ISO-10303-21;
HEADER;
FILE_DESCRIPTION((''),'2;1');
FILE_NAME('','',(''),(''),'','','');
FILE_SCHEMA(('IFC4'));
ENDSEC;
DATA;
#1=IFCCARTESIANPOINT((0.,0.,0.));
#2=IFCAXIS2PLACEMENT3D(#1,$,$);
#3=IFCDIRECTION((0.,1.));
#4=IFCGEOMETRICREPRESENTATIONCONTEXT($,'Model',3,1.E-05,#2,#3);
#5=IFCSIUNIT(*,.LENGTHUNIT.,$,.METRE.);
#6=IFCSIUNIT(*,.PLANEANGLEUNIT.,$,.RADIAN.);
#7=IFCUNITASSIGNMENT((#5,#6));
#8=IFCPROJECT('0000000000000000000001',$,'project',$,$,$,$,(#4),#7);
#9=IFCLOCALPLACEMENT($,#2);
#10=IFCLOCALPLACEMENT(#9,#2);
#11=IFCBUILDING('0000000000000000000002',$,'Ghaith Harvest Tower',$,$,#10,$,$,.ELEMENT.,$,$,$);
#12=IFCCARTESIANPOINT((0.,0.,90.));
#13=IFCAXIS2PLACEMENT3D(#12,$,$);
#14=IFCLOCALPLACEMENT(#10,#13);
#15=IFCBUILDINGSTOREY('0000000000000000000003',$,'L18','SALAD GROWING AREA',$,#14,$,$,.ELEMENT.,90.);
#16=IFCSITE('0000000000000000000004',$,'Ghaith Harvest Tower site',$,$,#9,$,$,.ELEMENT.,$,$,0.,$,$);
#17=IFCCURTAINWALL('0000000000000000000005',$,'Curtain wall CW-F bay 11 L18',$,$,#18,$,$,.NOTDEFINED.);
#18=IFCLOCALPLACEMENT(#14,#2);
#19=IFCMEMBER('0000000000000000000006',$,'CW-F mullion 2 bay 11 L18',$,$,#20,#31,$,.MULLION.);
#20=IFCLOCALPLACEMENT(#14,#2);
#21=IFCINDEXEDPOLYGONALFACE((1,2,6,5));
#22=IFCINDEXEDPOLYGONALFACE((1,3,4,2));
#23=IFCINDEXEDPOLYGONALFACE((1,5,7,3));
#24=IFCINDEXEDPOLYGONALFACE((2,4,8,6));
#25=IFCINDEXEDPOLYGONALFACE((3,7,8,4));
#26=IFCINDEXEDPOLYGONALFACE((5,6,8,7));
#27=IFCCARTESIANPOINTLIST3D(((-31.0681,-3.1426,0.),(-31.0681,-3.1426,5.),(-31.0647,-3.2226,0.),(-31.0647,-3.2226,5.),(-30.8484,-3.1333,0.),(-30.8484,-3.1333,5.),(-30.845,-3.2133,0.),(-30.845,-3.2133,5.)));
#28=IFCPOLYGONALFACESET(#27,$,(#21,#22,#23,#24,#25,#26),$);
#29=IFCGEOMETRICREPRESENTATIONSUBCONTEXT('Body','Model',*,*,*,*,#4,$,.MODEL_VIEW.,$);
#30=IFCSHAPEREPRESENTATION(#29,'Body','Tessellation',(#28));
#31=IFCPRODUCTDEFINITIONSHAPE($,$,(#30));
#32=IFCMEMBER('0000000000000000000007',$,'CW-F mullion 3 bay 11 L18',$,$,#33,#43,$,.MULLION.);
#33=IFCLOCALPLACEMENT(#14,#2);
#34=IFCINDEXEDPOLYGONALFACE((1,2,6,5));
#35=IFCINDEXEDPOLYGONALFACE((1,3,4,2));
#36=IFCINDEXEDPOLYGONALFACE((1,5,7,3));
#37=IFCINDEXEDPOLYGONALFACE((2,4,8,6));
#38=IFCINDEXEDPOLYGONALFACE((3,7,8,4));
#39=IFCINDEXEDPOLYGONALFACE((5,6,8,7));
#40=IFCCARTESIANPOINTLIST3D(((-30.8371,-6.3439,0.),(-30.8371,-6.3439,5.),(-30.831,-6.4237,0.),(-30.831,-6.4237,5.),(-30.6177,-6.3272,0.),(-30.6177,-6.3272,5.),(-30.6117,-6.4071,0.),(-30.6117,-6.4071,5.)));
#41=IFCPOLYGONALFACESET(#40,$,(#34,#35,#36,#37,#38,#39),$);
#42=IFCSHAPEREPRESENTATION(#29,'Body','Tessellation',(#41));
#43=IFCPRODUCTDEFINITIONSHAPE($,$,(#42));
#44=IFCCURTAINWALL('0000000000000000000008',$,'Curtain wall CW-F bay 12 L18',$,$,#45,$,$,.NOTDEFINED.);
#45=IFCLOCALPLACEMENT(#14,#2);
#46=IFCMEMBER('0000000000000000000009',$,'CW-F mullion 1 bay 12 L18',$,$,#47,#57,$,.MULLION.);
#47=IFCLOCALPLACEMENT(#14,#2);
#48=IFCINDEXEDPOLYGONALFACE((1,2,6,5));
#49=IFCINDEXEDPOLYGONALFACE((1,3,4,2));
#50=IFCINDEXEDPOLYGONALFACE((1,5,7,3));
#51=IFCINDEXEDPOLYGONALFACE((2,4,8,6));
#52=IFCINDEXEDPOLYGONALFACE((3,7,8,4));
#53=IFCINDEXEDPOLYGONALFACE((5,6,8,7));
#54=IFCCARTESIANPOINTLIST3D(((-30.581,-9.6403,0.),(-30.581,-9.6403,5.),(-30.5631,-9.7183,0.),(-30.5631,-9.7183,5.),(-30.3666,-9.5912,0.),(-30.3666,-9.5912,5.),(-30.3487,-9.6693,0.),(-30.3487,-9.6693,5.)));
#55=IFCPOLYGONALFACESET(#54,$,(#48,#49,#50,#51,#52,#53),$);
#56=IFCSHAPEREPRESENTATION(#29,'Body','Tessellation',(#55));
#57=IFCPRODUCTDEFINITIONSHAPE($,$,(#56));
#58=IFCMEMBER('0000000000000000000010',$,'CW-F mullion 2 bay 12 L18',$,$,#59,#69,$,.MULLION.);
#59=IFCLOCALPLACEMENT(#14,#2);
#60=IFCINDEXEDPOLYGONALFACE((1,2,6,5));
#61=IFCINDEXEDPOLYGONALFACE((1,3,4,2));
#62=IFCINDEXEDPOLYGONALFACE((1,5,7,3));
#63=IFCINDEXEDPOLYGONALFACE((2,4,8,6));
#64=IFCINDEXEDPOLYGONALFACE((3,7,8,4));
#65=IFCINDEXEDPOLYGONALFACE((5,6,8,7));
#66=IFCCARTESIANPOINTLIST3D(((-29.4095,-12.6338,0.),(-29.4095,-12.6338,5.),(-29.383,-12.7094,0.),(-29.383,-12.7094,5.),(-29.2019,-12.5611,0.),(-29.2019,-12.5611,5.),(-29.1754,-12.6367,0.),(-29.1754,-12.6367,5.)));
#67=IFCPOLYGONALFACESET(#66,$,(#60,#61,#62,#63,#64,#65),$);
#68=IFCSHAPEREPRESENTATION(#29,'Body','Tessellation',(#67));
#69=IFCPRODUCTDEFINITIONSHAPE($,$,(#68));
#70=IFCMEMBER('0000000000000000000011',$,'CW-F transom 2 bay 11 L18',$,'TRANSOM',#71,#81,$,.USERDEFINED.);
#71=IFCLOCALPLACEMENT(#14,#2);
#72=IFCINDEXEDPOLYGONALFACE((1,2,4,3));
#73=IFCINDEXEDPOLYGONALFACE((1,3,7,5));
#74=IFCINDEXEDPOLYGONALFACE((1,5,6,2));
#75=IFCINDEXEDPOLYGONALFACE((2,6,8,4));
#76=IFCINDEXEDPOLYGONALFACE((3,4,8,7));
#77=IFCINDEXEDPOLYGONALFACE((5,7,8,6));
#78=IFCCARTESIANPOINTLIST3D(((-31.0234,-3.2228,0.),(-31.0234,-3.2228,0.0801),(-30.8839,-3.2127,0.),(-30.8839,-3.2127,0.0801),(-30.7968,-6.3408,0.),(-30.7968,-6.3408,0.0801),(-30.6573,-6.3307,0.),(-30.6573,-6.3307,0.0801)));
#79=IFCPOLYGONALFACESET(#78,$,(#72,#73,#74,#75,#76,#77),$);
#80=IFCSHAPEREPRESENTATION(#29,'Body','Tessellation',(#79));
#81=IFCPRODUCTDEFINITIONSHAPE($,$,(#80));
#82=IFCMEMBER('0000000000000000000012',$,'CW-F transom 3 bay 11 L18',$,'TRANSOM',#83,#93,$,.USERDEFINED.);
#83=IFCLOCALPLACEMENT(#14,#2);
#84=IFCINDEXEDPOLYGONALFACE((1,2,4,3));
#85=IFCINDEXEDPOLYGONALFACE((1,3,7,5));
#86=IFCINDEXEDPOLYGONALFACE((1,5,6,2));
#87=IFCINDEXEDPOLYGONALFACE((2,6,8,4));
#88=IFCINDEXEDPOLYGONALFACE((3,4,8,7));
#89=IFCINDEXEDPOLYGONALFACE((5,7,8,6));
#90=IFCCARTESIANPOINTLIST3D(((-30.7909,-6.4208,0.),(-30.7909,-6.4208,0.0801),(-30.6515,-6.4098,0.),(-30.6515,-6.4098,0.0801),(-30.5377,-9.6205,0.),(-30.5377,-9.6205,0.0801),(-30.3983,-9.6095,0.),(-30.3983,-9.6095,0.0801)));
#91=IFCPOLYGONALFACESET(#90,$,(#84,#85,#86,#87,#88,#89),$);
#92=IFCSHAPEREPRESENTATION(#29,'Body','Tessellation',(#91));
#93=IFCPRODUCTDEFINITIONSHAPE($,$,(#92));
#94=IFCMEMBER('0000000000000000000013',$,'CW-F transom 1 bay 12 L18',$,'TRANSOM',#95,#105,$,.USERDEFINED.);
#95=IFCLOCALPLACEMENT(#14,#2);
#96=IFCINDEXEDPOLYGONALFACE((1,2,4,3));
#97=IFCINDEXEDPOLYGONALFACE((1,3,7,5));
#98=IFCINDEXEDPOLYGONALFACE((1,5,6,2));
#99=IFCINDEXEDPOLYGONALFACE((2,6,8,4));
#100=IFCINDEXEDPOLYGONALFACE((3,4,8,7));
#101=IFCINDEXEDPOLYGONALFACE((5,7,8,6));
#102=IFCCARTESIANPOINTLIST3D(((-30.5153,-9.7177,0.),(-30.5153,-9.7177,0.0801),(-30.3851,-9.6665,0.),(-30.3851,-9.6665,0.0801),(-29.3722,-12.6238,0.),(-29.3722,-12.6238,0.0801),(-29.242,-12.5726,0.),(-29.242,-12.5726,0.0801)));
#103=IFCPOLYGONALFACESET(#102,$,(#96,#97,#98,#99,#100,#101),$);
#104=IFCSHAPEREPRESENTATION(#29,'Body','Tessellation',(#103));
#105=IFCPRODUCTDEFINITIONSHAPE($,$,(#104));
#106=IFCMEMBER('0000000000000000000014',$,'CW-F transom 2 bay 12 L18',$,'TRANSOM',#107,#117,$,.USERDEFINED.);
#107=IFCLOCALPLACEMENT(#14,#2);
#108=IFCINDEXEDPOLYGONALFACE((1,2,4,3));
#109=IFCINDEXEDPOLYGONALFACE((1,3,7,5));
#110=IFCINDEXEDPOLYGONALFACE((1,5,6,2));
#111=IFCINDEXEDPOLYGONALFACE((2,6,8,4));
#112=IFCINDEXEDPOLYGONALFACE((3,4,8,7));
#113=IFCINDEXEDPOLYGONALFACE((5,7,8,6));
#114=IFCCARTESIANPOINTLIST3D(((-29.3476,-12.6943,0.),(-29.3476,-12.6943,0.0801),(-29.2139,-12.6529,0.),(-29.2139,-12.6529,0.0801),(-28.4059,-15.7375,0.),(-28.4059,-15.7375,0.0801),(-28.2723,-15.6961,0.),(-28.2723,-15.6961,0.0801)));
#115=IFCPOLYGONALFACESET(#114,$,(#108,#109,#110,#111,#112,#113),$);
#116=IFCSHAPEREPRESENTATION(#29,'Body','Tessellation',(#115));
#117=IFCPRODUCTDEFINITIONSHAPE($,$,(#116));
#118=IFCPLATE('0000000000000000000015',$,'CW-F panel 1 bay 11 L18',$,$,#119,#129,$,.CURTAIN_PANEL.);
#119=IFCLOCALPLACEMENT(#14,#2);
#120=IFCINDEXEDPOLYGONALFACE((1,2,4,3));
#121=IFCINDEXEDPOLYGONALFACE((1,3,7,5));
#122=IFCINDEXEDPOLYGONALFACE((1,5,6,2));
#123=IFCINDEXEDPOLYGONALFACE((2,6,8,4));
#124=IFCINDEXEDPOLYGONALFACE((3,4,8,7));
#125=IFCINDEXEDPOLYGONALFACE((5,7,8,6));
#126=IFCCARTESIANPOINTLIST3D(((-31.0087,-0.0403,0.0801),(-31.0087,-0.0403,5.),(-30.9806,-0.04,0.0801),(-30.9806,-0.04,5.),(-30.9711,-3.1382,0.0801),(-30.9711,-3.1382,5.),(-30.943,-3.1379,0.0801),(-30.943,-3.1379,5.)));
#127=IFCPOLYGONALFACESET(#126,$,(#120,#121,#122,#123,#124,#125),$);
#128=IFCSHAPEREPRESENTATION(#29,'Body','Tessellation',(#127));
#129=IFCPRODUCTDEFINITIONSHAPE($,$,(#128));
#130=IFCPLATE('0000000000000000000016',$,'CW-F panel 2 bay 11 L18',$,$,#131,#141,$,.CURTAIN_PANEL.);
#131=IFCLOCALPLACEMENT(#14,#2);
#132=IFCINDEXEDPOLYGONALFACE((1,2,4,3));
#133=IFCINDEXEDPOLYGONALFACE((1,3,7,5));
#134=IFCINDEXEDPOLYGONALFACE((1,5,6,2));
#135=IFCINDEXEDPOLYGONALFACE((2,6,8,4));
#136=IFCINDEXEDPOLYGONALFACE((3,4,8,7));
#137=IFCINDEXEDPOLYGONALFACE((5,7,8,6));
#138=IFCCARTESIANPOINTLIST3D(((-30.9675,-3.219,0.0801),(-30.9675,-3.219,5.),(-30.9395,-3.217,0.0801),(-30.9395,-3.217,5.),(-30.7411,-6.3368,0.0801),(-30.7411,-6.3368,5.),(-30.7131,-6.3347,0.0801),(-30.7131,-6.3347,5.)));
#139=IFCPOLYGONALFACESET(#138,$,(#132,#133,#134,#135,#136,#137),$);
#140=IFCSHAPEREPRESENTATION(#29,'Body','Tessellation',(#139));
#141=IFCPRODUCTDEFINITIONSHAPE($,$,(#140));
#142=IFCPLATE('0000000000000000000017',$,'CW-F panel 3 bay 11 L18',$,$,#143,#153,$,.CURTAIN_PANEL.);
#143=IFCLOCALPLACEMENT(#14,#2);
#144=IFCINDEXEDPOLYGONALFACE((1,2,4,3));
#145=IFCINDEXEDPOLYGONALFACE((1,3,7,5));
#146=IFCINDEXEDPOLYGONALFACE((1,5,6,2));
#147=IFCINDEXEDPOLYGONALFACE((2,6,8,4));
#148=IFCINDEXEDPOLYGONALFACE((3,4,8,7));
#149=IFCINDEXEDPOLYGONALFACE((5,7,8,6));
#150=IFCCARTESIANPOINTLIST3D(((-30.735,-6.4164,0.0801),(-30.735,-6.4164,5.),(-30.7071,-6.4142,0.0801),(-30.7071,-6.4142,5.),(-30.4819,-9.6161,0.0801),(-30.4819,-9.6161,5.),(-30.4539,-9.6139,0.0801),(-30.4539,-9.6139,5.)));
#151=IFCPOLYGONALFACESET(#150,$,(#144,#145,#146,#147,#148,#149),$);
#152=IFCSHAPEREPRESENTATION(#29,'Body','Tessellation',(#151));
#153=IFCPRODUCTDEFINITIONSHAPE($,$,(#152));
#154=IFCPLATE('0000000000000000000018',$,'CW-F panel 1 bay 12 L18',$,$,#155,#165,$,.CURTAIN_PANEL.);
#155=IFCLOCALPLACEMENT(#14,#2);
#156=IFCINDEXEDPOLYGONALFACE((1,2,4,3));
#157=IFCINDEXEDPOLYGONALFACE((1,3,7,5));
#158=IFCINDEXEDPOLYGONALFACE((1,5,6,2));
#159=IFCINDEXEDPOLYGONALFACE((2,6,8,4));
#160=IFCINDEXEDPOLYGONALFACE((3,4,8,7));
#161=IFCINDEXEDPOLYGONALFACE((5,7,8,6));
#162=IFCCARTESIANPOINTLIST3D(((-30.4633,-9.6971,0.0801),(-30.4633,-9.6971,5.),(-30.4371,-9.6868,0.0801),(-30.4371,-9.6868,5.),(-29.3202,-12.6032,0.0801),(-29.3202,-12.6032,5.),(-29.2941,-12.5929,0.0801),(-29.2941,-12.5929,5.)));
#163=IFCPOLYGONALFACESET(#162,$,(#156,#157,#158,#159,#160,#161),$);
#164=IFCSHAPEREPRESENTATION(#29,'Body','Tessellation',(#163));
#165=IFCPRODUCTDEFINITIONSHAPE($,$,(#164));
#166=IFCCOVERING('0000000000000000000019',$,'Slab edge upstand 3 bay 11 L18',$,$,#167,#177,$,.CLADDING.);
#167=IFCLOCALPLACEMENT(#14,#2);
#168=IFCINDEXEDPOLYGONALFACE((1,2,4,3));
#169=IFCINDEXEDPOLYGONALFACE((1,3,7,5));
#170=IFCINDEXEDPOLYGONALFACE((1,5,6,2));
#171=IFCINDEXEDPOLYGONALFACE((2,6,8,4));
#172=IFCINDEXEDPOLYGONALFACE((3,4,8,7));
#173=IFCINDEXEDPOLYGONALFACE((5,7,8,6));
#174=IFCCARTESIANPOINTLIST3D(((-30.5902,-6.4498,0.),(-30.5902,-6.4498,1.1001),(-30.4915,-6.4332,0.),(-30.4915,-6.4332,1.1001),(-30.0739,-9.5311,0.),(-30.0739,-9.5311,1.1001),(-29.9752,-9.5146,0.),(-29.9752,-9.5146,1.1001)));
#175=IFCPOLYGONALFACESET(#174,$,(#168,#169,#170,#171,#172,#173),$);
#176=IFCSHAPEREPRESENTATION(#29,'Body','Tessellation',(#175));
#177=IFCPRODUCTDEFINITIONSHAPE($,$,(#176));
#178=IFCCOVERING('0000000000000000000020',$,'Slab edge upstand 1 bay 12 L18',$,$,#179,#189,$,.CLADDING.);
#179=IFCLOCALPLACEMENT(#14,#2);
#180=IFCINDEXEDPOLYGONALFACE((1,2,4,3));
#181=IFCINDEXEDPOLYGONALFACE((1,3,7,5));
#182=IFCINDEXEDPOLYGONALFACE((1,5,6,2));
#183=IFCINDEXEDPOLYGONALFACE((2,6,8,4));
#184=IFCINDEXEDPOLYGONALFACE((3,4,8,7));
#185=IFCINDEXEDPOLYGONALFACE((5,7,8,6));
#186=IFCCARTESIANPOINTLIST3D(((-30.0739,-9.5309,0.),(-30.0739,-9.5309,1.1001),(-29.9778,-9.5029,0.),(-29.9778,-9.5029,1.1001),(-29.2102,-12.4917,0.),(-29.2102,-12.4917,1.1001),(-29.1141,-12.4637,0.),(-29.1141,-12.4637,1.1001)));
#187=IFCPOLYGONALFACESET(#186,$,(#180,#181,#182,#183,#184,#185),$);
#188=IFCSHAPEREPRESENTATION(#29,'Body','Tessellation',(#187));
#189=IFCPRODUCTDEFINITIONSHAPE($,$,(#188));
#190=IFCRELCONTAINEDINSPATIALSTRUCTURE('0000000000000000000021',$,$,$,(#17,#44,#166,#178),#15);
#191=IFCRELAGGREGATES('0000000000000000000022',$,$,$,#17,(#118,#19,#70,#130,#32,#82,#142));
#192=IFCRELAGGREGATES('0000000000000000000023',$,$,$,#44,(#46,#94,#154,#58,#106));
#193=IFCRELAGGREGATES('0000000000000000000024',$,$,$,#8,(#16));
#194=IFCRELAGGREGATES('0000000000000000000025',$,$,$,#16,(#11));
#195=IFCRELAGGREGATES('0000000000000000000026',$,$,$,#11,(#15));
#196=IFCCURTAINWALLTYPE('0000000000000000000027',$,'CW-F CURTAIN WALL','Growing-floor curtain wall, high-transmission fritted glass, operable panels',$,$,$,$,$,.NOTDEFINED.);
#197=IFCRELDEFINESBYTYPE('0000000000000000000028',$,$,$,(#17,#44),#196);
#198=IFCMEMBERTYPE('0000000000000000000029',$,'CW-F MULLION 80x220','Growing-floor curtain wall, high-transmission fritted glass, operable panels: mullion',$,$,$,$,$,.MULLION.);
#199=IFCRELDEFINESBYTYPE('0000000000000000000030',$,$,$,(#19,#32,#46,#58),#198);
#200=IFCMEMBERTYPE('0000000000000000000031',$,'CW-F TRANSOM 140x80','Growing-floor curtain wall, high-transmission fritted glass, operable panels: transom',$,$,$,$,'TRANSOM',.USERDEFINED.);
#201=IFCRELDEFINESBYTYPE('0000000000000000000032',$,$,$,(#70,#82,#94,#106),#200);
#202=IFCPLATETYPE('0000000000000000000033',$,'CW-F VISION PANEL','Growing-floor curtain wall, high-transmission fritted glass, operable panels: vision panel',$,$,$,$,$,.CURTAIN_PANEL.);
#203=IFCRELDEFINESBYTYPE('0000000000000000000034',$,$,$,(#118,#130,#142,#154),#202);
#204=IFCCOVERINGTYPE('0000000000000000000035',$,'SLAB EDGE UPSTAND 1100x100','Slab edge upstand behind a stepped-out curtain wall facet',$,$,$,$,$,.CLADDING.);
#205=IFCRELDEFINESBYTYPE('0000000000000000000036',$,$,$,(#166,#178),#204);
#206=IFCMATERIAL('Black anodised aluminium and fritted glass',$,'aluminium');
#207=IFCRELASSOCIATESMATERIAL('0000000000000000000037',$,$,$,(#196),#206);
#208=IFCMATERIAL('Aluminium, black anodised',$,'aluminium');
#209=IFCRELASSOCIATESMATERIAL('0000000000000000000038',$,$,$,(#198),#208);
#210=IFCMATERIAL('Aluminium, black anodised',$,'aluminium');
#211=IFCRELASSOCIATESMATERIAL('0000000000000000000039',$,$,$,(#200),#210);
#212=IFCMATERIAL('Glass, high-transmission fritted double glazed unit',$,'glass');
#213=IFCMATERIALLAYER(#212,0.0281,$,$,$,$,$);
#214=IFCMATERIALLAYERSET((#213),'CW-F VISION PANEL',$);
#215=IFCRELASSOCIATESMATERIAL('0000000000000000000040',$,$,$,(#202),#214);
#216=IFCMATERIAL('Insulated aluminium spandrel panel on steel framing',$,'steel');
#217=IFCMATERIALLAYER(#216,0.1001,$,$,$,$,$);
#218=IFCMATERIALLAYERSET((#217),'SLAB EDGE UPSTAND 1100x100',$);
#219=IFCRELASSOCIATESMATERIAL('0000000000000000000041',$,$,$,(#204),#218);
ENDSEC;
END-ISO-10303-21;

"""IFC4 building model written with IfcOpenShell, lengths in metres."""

from ifc_helpers import new_model, si_unit, direction, frame, origin, origin_2d, place, context, subcontext, project, spatial, rectangle, extrude, material, layer, layer_set, material_profile, profile_set, type_object, element, aggregate, save


model = new_model("IFC4")

# Units and contexts
model_context = context("Model", 3, precision=1e-05, world=origin(), true_north=direction((0.0, 1.0)))
body_context = subcontext(model_context, "Body", "Model", "MODEL_VIEW")
ifc_project = project(units=[si_unit("LENGTHUNIT", "METRE"), si_unit("PLANEANGLEUNIT", "RADIAN")], contexts=[model_context])

# Site, building, storey
site_placement = place(None, origin())
site = spatial("IfcSite", under=ifc_project, at=site_placement, Name="Ghaith Harvest Tower site", CompositionType="ELEMENT", RefElevation=0.0)
building_placement = place(site_placement, origin())
building = spatial("IfcBuilding", under=site, at=building_placement, Name="Ghaith Harvest Tower", CompositionType="ELEMENT")
storey_placement = place(building_placement, frame((0.0, 0.0, 90.0)))
storey = spatial("IfcBuildingStorey", under=building, at=storey_placement, Name="L18", Description="SALAD GROWING AREA", CompositionType="ELEMENT", Elevation=90.0)

# Curtain walls, members
ifc_material_1 = material(Name="Black anodised aluminium and fritted glass", Category="aluminium")
curtain_wall_type = type_object("IfcCurtainWallType", Name="CW-F CURTAIN WALL", Description="Growing-floor curtain wall, high-transmission fritted glass, operable panels", PredefinedType="NOTDEFINED", material=ifc_material_1)
curtain_wall_1_placement = place(storey_placement, origin())
curtain_wall_1 = element("IfcCurtainWall", 1, at=curtain_wall_1_placement, inside=storey, type_object=curtain_wall_type, Name="Curtain wall CW-F bay 11 L18", PredefinedType="NOTDEFINED")
ifc_material_2 = material(Name="Aluminium, black anodised", Category="aluminium")
ifc_material_profile_1 = material_profile(ifc_material_2, rectangle(XDim=0.0801, YDim=0.22, at=origin_2d()), Name="CW-F MULLION 80x220")
ifc_profile_set_1 = profile_set([ifc_material_profile_1], Name="Aluminium, black anodised")
member_type_1 = type_object("IfcMemberType", Name="CW-F MULLION 80x220", Description="Growing-floor curtain wall, high-transmission fritted glass, operable panels: mullion", PredefinedType="MULLION", material=ifc_profile_set_1)
member_1_placement = place(storey_placement, frame((-30.9565, -3.178, 0.0), z_axis=(0.0, 0.0, 1.0), x_axis=(0.042427, -0.9991, 0.0)))
member_1 = element("IfcMember", 2, at=member_1_placement, type_object=member_type_1, Name="CW-F mullion 2 bay 11 L18", PredefinedType="MULLION", context=body_context, shape_type="SweptSolid", body=[
    extrude(rectangle(XDim=0.0801, YDim=0.22, at=origin_2d()), origin(), (0.0, 0.0, 1.0), 5.0),
])
member_2_placement = place(storey_placement, frame((-30.7244, -6.3755, 0.0), z_axis=(0.0, 0.0, 1.0), x_axis=(0.075686, -0.997132, 0.0)))
member_2 = element("IfcMember", 3, at=member_2_placement, type_object=member_type_1, Name="CW-F mullion 3 bay 11 L18", PredefinedType="MULLION", context=body_context, shape_type="SweptSolid", body=[
    extrude(rectangle(XDim=0.0801, YDim=0.22, at=origin_2d()), origin(), (0.0, 0.0, 1.0), 5.0),
])
curtain_wall_2_placement = place(storey_placement, origin())
curtain_wall_2 = element("IfcCurtainWall", 4, at=curtain_wall_2_placement, inside=storey, type_object=curtain_wall_type, Name="Curtain wall CW-F bay 12 L18", PredefinedType="NOTDEFINED")
member_3_placement = place(storey_placement, frame((-30.4648, -9.6548, 0.0), z_axis=(0.0, 0.0, 1.0), x_axis=(0.222967, -0.974826, 0.0)))
member_3 = element("IfcMember", 5, at=member_3_placement, type_object=member_type_1, Name="CW-F mullion 1 bay 12 L18", PredefinedType="MULLION", context=body_context, shape_type="SweptSolid", body=[
    extrude(rectangle(XDim=0.0801, YDim=0.22, at=origin_2d()), origin(), (0.0, 0.0, 1.0), 5.0),
])
member_4_placement = place(storey_placement, frame((-29.2925, -12.6353, 0.0), z_axis=(0.0, 0.0, 1.0), x_axis=(0.330701, -0.943736, 0.0)))
member_4 = element("IfcMember", 6, at=member_4_placement, type_object=member_type_1, Name="CW-F mullion 2 bay 12 L18", PredefinedType="MULLION", context=body_context, shape_type="SweptSolid", body=[
    extrude(rectangle(XDim=0.0801, YDim=0.22, at=origin_2d()), origin(), (0.0, 0.0, 1.0), 5.0),
])

# Members
ifc_material_3 = material(Name="Aluminium, black anodised", Category="aluminium")
ifc_material_profile_2 = material_profile(ifc_material_3, rectangle(XDim=0.1399, YDim=0.0801, at=origin_2d()), Name="CW-F TRANSOM 140x80")
ifc_profile_set_2 = profile_set([ifc_material_profile_2], Name="Aluminium, black anodised")
member_type_2 = type_object("IfcMemberType", Name="CW-F TRANSOM 140x80", Description="Growing-floor curtain wall, high-transmission fritted glass, operable panels: transom", ElementType="TRANSOM", PredefinedType="USERDEFINED", material=ifc_profile_set_2)
member_5_placement = place(storey_placement, frame((-30.9536, -3.2178, 0.04), z_axis=(0.072474, -0.99737, 0.0), x_axis=(0.99737, 0.072474, 0.0)))
member_5 = element("IfcMember", 7, at=member_5_placement, type_object=member_type_2, Name="CW-F transom 2 bay 11 L18", ObjectType="TRANSOM", PredefinedType="USERDEFINED", context=body_context, shape_type="SweptSolid", body=[
    extrude(rectangle(XDim=0.1399, YDim=0.0801, at=origin_2d()), origin(), (0.0, 0.0, 1.0), 3.1262),
])
member_6_placement = place(storey_placement, frame((-30.7212, -6.4153, 0.04), z_axis=(0.078878, -0.996884, 0.0), x_axis=(0.996884, 0.078878, 0.0)))
member_6 = element("IfcMember", 8, at=member_6_placement, type_object=member_type_2, Name="CW-F transom 3 bay 11 L18", ObjectType="TRANSOM", PredefinedType="USERDEFINED", context=body_context, shape_type="SweptSolid", body=[
    extrude(rectangle(XDim=0.1399, YDim=0.0801, at=origin_2d()), origin(), (0.0, 0.0, 1.0), 3.2097),
])
member_7_placement = place(storey_placement, frame((-30.4502, -9.6921, 0.04), z_axis=(0.366047, -0.930597, 0.0), x_axis=(0.930597, 0.366047, 0.0)))
member_7 = element("IfcMember", 9, at=member_7_placement, type_object=member_type_2, Name="CW-F transom 1 bay 12 L18", ObjectType="TRANSOM", PredefinedType="USERDEFINED", context=body_context, shape_type="SweptSolid", body=[
    extrude(rectangle(XDim=0.1399, YDim=0.0801, at=origin_2d()), origin(), (0.0, 0.0, 1.0), 3.1228),
])
member_8_placement = place(storey_placement, frame((-29.2808, -12.6736, 0.04), z_axis=(0.295599, -0.955312, 0.0), x_axis=(0.955312, 0.295599, 0.0)))
member_8 = element("IfcMember", 10, at=member_8_placement, type_object=member_type_2, Name="CW-F transom 2 bay 12 L18", ObjectType="TRANSOM", PredefinedType="USERDEFINED", context=body_context, shape_type="SweptSolid", body=[
    extrude(rectangle(XDim=0.1399, YDim=0.0801, at=origin_2d()), origin(), (0.0, 0.0, 1.0), 3.1855),
])

# Plates
ifc_material_4 = material(Name="Glass, high-transmission fritted double glazed unit", Category="glass")
ifc_layer_1 = layer(ifc_material_4, 0.0281)
ifc_layer_set_1 = layer_set([ifc_layer_1], Name="CW-F VISION PANEL")
plate_type = type_object("IfcPlateType", Name="CW-F VISION PANEL", Description="Growing-floor curtain wall, high-transmission fritted glass, operable panels: vision panel", PredefinedType="CURTAIN_PANEL", material=ifc_layer_set_1)
plate_1_placement = place(storey_placement, frame((-30.9758, -1.5891, 0.0801), z_axis=(0.0, 0.0, 1.0), x_axis=(0.012133, -0.999926, 0.0)))
plate_1 = element("IfcPlate", 11, at=plate_1_placement, type_object=plate_type, Name="CW-F panel 1 bay 11 L18", PredefinedType="CURTAIN_PANEL", context=body_context, shape_type="SweptSolid", body=[
    extrude(rectangle(XDim=3.0981, YDim=0.0281, at=origin_2d()), origin(), (0.0, 0.0, 1.0), 4.9199),
])
plate_2_placement = place(storey_placement, frame((-30.8403, -4.7769, 0.0801), z_axis=(0.0, 0.0, 1.0), x_axis=(0.072421, -0.997374, 0.0)))
plate_2 = element("IfcPlate", 12, at=plate_2_placement, type_object=plate_type, Name="CW-F panel 2 bay 11 L18", PredefinedType="CURTAIN_PANEL", context=body_context, shape_type="SweptSolid", body=[
    extrude(rectangle(XDim=3.126, YDim=0.0281, at=origin_2d()), origin(), (0.0, 0.0, 1.0), 4.9199),
])
plate_3_placement = place(storey_placement, frame((-30.5945, -8.0151, 0.0801), z_axis=(0.0, 0.0, 1.0), x_axis=(0.078867, -0.996885, 0.0)))
plate_3 = element("IfcPlate", 13, at=plate_3_placement, type_object=plate_type, Name="CW-F panel 3 bay 11 L18", PredefinedType="CURTAIN_PANEL", context=body_context, shape_type="SweptSolid", body=[
    extrude(rectangle(XDim=3.2097, YDim=0.0281, at=origin_2d()), origin(), (0.0, 0.0, 1.0), 4.9199),
])
aggregate(curtain_wall_1, [plate_1, member_1, member_5, plate_2, member_2, member_6, plate_3])
plate_4_placement = place(storey_placement, frame((-29.8787, -11.145, 0.0801), z_axis=(0.0, 0.0, 1.0), x_axis=(0.36604, -0.930599, 0.0)))
plate_4 = element("IfcPlate", 14, at=plate_4_placement, type_object=plate_type, Name="CW-F panel 1 bay 12 L18", PredefinedType="CURTAIN_PANEL", context=body_context, shape_type="SweptSolid", body=[
    extrude(rectangle(XDim=3.1228, YDim=0.0281, at=origin_2d()), origin(), (0.0, 0.0, 1.0), 4.9199),
])
aggregate(curtain_wall_2, [member_3, member_7, plate_4, member_4, member_8])

# Coverings
ifc_material_5 = material(Name="Insulated aluminium spandrel panel on steel framing", Category="steel")
ifc_layer_2 = layer(ifc_material_5, 0.1001)
ifc_layer_set_2 = layer_set([ifc_layer_2], Name="SLAB EDGE UPSTAND 1100x100")
covering_type = type_object("IfcCoveringType", Name="SLAB EDGE UPSTAND 1100x100", Description="Slab edge upstand behind a stepped-out curtain wall facet", PredefinedType="CLADDING", material=ifc_layer_set_2)
covering_1_placement = place(storey_placement, frame((-30.2827, -7.9822, 0.0), z_axis=(0.0, 0.0, 1.0), x_axis=(0.165246, -0.986252, 0.0)))
element("IfcCovering", 15, at=covering_1_placement, inside=storey, type_object=covering_type, Name="Slab edge upstand 3 bay 11 L18", PredefinedType="CLADDING", context=body_context, shape_type="SweptSolid", body=[
    extrude(rectangle(XDim=3.1243, YDim=0.1001, at=origin_2d()), origin(), (0.0, 0.0, 1.0), 1.1001),
])
covering_2_placement = place(storey_placement, frame((-29.594, -10.9973, 0.0), z_axis=(0.0, 0.0, 1.0), x_axis=(0.280032, -0.959991, 0.0)))
element("IfcCovering", 16, at=covering_2_placement, inside=storey, type_object=covering_type, Name="Slab edge upstand 1 bay 12 L18", PredefinedType="CLADDING", context=body_context, shape_type="SweptSolid", body=[
    extrude(rectangle(XDim=3.0842, YDim=0.1001, at=origin_2d()), origin(), (0.0, 0.0, 1.0), 1.1001),
])

save(model, "model.ifc")
